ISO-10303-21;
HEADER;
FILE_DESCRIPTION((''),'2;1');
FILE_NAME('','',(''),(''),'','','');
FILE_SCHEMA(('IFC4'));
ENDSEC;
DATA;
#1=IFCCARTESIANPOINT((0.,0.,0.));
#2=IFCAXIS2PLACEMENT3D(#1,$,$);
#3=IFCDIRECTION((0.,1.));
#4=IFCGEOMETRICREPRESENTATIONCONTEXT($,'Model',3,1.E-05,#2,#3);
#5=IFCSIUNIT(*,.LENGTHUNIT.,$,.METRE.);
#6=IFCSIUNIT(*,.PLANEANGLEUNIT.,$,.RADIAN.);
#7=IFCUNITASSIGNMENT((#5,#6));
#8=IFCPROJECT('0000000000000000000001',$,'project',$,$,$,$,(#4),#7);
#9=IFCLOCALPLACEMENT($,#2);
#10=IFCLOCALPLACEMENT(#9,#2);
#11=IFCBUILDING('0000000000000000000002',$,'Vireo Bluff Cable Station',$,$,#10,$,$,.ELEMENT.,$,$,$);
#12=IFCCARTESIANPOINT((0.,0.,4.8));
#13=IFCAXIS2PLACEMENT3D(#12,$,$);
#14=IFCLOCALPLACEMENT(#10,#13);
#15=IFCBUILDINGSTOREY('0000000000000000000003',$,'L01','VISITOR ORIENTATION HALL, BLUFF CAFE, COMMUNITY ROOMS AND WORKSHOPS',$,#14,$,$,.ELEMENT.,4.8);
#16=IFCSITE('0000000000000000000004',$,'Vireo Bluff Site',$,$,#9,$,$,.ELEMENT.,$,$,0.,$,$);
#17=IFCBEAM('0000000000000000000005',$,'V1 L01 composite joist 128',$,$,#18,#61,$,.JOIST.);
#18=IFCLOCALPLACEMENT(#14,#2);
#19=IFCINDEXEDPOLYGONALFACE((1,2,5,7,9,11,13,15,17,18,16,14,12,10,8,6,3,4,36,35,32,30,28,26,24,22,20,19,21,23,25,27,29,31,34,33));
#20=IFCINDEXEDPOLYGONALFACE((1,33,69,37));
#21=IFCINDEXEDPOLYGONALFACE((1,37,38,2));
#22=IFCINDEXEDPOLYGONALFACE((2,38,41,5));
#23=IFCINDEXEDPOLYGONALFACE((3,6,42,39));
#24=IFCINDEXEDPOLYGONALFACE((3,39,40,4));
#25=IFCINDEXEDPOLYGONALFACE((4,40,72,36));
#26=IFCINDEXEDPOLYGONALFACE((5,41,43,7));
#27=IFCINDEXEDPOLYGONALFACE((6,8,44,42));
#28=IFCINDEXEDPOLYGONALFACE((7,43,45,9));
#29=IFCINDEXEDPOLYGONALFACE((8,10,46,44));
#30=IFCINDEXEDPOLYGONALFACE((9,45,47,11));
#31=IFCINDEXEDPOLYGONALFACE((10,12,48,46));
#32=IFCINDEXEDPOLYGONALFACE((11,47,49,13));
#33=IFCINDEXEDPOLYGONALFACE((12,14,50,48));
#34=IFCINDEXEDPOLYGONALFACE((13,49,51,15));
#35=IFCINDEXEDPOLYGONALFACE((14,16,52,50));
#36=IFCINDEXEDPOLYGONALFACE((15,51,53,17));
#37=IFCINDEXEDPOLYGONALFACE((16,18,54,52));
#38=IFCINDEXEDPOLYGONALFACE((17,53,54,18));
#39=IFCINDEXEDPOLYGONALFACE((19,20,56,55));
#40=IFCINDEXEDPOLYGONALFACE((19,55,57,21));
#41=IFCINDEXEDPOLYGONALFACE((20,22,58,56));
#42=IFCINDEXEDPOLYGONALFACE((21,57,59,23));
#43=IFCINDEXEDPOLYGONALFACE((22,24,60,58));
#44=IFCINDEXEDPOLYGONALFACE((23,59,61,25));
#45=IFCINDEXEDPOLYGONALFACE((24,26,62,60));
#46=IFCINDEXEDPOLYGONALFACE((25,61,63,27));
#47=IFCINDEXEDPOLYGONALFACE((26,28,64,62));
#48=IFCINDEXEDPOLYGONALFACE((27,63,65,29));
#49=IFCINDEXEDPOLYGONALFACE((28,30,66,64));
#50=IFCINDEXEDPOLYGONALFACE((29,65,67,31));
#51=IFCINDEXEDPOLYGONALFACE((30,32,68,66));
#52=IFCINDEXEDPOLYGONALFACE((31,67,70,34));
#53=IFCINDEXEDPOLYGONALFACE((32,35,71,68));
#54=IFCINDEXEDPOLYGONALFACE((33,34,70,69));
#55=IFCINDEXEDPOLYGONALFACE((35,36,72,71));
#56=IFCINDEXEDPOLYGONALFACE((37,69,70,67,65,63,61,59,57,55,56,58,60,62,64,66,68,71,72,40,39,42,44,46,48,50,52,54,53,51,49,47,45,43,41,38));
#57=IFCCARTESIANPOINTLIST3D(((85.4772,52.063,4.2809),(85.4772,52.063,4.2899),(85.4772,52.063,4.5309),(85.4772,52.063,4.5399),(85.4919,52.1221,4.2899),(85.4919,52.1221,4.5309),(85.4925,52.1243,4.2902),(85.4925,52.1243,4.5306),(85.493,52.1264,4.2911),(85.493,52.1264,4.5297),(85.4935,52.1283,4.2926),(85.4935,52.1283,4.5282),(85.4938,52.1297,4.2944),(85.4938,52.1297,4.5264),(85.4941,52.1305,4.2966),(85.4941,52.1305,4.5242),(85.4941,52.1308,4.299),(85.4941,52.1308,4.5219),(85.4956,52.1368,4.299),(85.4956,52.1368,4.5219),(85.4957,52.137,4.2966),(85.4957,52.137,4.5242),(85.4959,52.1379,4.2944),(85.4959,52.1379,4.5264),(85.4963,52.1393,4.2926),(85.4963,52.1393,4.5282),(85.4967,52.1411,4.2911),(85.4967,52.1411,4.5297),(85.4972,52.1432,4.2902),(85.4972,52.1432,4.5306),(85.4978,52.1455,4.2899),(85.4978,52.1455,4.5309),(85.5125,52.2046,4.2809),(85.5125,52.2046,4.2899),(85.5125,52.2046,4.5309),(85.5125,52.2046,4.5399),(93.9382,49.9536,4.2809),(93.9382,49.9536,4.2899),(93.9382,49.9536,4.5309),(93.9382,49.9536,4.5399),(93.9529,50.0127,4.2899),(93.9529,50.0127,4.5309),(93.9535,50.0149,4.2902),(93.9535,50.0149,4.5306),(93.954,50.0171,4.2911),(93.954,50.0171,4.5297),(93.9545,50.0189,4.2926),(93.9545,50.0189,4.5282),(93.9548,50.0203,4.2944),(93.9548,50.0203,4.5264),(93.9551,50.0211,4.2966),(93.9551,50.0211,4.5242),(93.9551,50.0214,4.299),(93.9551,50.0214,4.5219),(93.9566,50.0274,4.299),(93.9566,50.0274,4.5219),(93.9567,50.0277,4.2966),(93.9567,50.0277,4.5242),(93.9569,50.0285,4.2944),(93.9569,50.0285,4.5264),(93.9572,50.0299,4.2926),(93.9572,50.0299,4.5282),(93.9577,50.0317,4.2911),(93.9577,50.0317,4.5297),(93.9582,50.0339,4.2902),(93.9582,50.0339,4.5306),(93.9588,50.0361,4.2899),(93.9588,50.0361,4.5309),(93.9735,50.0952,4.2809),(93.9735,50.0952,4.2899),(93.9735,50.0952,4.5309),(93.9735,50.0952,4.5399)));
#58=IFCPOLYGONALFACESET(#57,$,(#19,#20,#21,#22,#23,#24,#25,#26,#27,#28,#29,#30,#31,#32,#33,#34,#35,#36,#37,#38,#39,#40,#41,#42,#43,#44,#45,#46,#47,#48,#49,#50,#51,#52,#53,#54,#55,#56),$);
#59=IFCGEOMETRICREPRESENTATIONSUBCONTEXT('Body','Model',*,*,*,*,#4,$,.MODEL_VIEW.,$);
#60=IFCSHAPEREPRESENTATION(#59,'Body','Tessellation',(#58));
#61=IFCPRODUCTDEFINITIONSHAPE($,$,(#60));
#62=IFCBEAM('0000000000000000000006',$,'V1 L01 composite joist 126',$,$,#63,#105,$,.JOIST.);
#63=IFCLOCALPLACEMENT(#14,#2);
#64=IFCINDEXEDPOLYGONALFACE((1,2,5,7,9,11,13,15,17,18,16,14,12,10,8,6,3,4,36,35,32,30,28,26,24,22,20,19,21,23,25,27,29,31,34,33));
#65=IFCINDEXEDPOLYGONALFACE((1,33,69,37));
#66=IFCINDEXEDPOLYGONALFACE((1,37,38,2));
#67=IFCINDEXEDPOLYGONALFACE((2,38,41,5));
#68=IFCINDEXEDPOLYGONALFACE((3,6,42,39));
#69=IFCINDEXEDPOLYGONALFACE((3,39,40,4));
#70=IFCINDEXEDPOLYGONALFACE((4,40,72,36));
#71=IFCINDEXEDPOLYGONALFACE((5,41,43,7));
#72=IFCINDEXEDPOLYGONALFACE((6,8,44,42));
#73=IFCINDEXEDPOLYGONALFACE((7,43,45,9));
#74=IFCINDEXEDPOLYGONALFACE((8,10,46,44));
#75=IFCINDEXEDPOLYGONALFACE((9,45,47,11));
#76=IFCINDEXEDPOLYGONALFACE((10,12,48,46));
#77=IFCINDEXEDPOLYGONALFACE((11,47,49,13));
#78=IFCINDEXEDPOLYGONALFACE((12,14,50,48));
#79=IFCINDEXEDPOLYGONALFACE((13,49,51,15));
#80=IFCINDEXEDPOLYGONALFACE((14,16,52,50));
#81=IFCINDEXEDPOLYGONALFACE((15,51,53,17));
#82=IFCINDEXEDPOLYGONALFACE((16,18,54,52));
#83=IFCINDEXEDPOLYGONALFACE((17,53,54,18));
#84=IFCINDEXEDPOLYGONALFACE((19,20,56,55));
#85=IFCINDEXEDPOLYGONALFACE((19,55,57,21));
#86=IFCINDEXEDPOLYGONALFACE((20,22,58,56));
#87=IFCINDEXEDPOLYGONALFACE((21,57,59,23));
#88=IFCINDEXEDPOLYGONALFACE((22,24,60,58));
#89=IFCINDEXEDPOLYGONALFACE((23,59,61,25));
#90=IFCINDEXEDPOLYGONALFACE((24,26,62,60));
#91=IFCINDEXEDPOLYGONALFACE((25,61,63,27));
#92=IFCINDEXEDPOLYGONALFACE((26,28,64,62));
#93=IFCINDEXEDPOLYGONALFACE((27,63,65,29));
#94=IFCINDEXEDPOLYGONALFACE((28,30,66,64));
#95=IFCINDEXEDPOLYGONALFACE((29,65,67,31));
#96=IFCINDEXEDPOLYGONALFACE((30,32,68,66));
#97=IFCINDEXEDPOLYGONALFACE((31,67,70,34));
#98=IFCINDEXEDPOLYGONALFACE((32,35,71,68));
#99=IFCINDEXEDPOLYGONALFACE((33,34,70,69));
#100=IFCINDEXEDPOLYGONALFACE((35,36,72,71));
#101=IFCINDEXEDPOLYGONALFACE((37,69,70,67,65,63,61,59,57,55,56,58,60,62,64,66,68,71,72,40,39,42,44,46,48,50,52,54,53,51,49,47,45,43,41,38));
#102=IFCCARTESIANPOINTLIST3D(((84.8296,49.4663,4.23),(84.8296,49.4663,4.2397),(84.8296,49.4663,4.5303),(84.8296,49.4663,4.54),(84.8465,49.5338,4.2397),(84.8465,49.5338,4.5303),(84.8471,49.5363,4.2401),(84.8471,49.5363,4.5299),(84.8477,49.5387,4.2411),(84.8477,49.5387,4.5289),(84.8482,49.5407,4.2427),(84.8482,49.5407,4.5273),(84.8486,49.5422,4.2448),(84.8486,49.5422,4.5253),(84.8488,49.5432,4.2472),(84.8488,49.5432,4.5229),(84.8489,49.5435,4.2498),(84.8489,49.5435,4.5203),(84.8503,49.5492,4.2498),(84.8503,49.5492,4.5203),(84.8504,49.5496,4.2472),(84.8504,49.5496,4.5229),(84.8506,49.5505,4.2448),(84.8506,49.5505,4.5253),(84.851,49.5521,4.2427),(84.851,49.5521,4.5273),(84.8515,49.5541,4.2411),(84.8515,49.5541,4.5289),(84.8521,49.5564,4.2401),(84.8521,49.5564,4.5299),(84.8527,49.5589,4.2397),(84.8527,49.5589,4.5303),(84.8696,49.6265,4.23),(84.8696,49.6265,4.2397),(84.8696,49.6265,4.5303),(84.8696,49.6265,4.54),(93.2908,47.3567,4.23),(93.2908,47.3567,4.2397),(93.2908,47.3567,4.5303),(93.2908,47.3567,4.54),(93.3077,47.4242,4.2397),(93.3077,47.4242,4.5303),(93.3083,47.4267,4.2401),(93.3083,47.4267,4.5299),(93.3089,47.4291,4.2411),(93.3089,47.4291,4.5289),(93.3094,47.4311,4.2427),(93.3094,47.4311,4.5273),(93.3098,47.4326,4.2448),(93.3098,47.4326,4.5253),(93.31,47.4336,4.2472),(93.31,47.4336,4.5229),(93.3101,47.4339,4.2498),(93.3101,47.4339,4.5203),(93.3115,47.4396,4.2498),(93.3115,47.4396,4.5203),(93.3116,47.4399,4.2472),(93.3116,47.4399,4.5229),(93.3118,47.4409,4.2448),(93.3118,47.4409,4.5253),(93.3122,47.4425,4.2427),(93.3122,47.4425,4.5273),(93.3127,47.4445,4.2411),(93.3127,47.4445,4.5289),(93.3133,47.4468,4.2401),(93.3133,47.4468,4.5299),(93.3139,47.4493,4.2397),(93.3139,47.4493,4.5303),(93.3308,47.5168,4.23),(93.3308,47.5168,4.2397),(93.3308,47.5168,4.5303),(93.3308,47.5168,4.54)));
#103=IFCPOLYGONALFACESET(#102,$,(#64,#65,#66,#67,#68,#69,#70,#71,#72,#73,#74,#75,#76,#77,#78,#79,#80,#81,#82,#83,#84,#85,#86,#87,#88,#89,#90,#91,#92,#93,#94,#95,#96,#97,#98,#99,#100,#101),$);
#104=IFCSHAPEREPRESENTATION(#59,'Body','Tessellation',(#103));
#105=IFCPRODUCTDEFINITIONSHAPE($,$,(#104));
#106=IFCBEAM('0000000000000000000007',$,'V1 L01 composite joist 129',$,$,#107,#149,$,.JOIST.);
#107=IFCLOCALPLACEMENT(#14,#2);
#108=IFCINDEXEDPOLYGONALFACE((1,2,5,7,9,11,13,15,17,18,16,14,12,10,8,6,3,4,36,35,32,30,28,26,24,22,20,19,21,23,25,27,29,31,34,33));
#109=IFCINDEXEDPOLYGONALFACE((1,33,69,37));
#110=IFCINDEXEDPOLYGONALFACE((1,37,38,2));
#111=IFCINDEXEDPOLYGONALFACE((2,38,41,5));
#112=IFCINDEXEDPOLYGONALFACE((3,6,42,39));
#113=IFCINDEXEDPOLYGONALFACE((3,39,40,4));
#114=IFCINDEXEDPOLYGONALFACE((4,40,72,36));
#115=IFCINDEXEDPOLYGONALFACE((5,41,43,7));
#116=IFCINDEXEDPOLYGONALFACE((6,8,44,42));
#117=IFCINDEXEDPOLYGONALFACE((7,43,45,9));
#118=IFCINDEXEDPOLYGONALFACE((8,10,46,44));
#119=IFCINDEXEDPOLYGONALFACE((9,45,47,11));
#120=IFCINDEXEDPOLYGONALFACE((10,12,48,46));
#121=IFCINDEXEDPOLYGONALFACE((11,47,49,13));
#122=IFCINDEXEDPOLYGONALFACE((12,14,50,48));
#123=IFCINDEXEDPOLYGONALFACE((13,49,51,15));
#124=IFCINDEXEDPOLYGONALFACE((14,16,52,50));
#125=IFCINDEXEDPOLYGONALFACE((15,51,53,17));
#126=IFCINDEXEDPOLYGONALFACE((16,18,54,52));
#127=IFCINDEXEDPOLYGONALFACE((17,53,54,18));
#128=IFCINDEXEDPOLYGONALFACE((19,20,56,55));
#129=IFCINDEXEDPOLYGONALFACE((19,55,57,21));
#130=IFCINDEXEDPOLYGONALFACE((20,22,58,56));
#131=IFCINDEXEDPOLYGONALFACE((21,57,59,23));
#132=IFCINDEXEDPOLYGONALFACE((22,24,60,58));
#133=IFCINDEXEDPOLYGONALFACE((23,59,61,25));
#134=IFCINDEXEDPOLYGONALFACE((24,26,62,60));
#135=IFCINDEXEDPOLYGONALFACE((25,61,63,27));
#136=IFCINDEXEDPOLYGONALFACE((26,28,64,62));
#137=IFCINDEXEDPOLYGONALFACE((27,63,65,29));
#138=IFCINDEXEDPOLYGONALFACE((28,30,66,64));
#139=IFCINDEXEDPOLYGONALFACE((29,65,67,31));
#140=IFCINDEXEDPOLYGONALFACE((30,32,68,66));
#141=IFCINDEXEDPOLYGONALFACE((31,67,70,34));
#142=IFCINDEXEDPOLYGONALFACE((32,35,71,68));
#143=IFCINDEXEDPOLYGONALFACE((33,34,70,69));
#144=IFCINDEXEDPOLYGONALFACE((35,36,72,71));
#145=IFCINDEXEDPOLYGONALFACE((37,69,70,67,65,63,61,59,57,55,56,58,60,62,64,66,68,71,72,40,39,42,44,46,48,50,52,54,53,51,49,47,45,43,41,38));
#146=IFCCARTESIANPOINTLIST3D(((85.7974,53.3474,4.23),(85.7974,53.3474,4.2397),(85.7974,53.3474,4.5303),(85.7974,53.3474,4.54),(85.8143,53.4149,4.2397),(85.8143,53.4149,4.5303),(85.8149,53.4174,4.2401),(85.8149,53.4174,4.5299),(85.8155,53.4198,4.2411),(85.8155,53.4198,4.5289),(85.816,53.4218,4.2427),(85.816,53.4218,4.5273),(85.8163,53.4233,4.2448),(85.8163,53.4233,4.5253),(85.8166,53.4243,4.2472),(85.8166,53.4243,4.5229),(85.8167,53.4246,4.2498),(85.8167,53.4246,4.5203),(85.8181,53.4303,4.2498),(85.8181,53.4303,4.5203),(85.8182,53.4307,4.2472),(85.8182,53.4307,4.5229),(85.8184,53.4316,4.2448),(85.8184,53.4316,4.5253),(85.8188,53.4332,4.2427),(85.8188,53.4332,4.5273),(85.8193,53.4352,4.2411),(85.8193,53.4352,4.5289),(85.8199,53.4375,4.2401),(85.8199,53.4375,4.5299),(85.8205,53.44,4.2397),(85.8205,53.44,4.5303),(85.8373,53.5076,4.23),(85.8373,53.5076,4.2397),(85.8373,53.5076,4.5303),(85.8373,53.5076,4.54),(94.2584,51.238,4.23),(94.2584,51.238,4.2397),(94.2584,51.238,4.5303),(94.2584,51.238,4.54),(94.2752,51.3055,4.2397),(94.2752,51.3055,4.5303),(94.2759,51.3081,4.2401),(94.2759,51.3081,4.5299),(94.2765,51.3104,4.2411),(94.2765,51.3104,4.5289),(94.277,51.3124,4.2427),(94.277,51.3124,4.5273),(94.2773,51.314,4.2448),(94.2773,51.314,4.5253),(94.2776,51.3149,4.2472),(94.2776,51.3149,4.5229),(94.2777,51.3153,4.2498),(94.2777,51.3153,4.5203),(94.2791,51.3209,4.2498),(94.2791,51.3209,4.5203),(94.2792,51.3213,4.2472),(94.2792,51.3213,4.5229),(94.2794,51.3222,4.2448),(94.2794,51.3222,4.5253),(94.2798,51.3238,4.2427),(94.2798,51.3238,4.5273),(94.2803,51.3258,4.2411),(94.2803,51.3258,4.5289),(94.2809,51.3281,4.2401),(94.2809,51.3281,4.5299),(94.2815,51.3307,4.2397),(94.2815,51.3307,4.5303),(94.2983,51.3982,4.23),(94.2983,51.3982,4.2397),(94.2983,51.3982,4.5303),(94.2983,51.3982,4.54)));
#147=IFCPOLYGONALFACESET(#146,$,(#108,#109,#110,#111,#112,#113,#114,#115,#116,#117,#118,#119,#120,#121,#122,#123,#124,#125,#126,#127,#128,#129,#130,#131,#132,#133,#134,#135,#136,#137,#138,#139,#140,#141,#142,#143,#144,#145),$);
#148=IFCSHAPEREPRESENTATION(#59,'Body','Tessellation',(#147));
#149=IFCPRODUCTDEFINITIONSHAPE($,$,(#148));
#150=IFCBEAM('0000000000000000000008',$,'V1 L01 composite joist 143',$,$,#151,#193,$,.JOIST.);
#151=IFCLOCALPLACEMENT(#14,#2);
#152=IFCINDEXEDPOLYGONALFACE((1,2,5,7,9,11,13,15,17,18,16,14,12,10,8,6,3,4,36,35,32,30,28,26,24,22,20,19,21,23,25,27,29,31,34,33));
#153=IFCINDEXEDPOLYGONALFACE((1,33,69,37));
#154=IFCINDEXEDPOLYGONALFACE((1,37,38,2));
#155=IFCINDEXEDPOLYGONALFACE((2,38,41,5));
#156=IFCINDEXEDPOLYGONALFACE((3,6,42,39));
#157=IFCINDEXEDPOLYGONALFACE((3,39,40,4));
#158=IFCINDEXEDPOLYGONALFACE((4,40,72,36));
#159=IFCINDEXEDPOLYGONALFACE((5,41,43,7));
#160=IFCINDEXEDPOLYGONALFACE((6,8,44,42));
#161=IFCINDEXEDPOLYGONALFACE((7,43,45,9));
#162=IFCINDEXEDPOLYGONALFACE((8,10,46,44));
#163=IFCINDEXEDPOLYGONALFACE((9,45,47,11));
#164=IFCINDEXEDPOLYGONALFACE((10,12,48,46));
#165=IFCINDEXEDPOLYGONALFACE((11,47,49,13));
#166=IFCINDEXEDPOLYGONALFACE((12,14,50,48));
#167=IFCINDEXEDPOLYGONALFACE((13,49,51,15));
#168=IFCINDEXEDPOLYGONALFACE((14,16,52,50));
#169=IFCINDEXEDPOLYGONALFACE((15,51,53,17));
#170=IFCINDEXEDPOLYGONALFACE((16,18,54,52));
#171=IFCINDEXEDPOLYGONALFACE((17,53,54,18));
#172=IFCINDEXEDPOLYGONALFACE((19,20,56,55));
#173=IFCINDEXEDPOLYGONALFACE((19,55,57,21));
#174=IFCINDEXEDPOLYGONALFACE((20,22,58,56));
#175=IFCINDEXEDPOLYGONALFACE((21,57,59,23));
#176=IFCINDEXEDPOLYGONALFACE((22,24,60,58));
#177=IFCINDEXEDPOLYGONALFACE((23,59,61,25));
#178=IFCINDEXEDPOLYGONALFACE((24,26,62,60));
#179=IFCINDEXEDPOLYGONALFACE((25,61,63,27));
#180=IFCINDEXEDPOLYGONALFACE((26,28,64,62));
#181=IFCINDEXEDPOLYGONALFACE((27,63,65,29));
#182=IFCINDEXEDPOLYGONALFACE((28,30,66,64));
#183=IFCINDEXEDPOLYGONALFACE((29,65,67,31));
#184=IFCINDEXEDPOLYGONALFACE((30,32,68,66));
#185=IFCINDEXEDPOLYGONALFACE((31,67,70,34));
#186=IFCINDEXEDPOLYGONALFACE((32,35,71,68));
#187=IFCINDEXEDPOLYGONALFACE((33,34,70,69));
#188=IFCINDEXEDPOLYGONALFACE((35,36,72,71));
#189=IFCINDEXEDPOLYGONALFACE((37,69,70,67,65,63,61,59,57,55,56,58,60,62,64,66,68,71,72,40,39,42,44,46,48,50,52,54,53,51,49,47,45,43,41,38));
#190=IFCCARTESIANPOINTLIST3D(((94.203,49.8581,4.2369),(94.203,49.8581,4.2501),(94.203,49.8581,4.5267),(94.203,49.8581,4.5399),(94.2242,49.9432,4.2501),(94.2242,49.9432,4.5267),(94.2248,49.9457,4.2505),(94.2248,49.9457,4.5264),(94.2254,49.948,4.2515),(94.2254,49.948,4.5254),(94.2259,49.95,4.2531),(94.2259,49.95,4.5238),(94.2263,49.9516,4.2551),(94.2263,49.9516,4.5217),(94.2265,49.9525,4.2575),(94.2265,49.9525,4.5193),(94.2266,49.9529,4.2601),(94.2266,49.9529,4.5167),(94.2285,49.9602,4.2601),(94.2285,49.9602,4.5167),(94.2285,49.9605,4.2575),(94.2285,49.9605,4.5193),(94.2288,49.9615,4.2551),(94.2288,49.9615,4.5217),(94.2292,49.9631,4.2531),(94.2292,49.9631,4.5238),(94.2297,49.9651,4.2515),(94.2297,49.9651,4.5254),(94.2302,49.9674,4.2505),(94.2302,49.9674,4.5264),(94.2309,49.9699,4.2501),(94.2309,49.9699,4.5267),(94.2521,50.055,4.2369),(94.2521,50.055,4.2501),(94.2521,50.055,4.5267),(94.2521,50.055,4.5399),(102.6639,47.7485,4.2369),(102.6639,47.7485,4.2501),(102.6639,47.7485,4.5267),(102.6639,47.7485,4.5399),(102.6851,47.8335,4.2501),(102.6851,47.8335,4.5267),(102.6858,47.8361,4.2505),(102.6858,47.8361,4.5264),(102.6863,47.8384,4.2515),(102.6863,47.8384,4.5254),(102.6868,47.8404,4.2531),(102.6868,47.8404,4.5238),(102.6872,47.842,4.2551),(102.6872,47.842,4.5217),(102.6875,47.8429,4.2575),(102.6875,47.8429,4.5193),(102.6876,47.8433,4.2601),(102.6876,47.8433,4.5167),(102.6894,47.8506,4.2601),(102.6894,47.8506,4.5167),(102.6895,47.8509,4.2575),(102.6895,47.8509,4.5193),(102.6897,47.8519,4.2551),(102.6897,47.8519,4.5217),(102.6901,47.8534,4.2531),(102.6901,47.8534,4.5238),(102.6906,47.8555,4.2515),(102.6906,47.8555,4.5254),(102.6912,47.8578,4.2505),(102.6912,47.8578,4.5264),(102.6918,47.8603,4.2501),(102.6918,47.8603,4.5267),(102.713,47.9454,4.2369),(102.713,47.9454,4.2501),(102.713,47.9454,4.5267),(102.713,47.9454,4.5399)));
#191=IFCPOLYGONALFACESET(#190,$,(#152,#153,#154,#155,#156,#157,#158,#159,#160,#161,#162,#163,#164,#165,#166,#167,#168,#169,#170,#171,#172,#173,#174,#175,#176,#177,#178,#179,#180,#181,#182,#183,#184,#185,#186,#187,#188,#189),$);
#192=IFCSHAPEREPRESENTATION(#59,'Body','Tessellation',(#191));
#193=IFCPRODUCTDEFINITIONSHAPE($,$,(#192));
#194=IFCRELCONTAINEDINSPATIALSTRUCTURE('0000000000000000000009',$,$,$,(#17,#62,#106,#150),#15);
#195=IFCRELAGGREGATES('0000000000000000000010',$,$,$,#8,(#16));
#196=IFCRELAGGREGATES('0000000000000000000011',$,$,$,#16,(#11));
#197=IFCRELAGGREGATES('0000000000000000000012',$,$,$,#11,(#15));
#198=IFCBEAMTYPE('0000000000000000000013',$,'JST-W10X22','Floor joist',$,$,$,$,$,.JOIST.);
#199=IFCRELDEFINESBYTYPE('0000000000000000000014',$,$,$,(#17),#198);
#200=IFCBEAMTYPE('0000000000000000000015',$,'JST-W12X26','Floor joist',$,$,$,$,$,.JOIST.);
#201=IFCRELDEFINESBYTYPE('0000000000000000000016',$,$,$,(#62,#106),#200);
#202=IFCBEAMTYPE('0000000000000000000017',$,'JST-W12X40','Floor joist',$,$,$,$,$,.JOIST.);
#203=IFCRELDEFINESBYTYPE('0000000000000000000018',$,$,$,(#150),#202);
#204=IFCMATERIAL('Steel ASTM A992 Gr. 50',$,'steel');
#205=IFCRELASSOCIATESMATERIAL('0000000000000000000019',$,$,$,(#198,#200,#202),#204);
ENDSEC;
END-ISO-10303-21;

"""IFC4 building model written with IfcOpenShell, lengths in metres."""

from ifc_helpers import new_model, si_unit, direction, frame, origin, origin_2d, place, context, subcontext, project, spatial, i_section, extrude, material, material_profile, profile_set, type_object, element, save


model = new_model("IFC4")

# Units and contexts
model_context = context("Model", 3, precision=1e-05, world=origin(), true_north=direction((0.0, 1.0)))
body_context = subcontext(model_context, "Body", "Model", "MODEL_VIEW")
ifc_project = project(units=[si_unit("LENGTHUNIT", "METRE"), si_unit("PLANEANGLEUNIT", "RADIAN")], contexts=[model_context])

# Site, building, storey
site_placement = place(None, origin())
site = spatial("IfcSite", under=ifc_project, at=site_placement, Name="Vireo Bluff Site", CompositionType="ELEMENT", RefElevation=0.0)
building_placement = place(site_placement, origin())
building = spatial("IfcBuilding", under=site, at=building_placement, Name="Vireo Bluff Cable Station", CompositionType="ELEMENT")
storey_placement = place(building_placement, frame((0.0, 0.0, 4.8)))
storey = spatial("IfcBuildingStorey", under=building, at=storey_placement, Name="L01", Description="VISITOR ORIENTATION HALL, BLUFF CAFE, COMMUNITY ROOMS AND WORKSHOPS", CompositionType="ELEMENT", Elevation=4.8)

# Shared definitions
ifc_material_1 = material(Name="Steel ASTM A992 Gr. 50", Category="steel")

# Beams
ifc_material_profile_1 = material_profile(ifc_material_1, i_section(OverallWidth=0.146, OverallDepth=0.259, WebThickness=0.0061, FlangeThickness=0.009, FilletRadius=0.009, at=origin_2d()), Name="W10X22")
ifc_profile_set_1 = profile_set([ifc_material_profile_1], Name="Steel ASTM A992 Gr. 50")
beam_type_1 = type_object("IfcBeamType", Name="JST-W10X22", Description="Floor joist", PredefinedType="JOIST", material=ifc_profile_set_1)
beam_1_placement = place(storey_placement, frame((85.4949, 52.1338, 4.4104), z_axis=(0.9703, -0.241903, 0.0), x_axis=(0.241903, 0.9703, 0.0)))
element("IfcBeam", 1, at=beam_1_placement, inside=storey, type_object=beam_type_1, Name="V1 L01 composite joist 128", PredefinedType="JOIST", context=body_context, shape_type="SweptSolid", body=[
    extrude(i_section(OverallWidth=0.146, OverallDepth=0.259, WebThickness=0.0061, FlangeThickness=0.009, FilletRadius=0.009, at=origin_2d()), origin(), (0.0, 0.0, 1.0), 8.72),
])
ifc_material_profile_2 = material_profile(ifc_material_1, i_section(OverallWidth=0.165, OverallDepth=0.3101, WebThickness=0.0059, FlangeThickness=0.0098, FilletRadius=0.01, at=origin_2d()), Name="W12X26")
ifc_profile_set_2 = profile_set([ifc_material_profile_2], Name="Steel ASTM A992 Gr. 50")
beam_type_2 = type_object("IfcBeamType", Name="JST-W12X26", Description="Floor joist", PredefinedType="JOIST", material=ifc_profile_set_2)
beam_2_placement = place(storey_placement, frame((84.8496, 49.5464, 4.385), z_axis=(0.970295, -0.241923, 0.0), x_axis=(0.241923, 0.970295, 0.0)))
element("IfcBeam", 2, at=beam_2_placement, inside=storey, type_object=beam_type_2, Name="V1 L01 composite joist 126", PredefinedType="JOIST", context=body_context, shape_type="SweptSolid", body=[
    extrude(i_section(OverallWidth=0.165, OverallDepth=0.3101, WebThickness=0.0059, FlangeThickness=0.0098, FilletRadius=0.01, at=origin_2d()), origin(), (0.0, 0.0, 1.0), 8.7202),
])
beam_3_placement = place(storey_placement, frame((85.8174, 53.4275, 4.385), z_axis=(0.9703, -0.241903, 0.0), x_axis=(0.241903, 0.9703, 0.0)))
element("IfcBeam", 3, at=beam_3_placement, inside=storey, type_object=beam_type_2, Name="V1 L01 composite joist 129", PredefinedType="JOIST", context=body_context, shape_type="SweptSolid", body=[
    extrude(i_section(OverallWidth=0.165, OverallDepth=0.3101, WebThickness=0.0059, FlangeThickness=0.0098, FilletRadius=0.01, at=origin_2d()), origin(), (0.0, 0.0, 1.0), 8.72),
])
ifc_material_profile_3 = material_profile(ifc_material_1, i_section(OverallWidth=0.2029, OverallDepth=0.303, WebThickness=0.0076, FlangeThickness=0.0132, FilletRadius=0.01, at=origin_2d()), Name="W12X40")
ifc_profile_set_3 = profile_set([ifc_material_profile_3], Name="Steel ASTM A992 Gr. 50")
beam_type_3 = type_object("IfcBeamType", Name="JST-W12X40", Description="Floor joist", PredefinedType="JOIST", material=ifc_profile_set_3)
beam_4_placement = place(storey_placement, frame((94.2275, 49.9565, 4.3884), z_axis=(0.970294, -0.24193, 0.0), x_axis=(0.24193, 0.970294, 0.0)))
element("IfcBeam", 4, at=beam_4_placement, inside=storey, type_object=beam_type_3, Name="V1 L01 composite joist 143", PredefinedType="JOIST", context=body_context, shape_type="SweptSolid", body=[
    extrude(i_section(OverallWidth=0.2029, OverallDepth=0.303, WebThickness=0.0076, FlangeThickness=0.0132, FilletRadius=0.01, at=origin_2d()), origin(), (0.0, 0.0, 1.0), 8.72),
])

save(model, "model.ifc")
